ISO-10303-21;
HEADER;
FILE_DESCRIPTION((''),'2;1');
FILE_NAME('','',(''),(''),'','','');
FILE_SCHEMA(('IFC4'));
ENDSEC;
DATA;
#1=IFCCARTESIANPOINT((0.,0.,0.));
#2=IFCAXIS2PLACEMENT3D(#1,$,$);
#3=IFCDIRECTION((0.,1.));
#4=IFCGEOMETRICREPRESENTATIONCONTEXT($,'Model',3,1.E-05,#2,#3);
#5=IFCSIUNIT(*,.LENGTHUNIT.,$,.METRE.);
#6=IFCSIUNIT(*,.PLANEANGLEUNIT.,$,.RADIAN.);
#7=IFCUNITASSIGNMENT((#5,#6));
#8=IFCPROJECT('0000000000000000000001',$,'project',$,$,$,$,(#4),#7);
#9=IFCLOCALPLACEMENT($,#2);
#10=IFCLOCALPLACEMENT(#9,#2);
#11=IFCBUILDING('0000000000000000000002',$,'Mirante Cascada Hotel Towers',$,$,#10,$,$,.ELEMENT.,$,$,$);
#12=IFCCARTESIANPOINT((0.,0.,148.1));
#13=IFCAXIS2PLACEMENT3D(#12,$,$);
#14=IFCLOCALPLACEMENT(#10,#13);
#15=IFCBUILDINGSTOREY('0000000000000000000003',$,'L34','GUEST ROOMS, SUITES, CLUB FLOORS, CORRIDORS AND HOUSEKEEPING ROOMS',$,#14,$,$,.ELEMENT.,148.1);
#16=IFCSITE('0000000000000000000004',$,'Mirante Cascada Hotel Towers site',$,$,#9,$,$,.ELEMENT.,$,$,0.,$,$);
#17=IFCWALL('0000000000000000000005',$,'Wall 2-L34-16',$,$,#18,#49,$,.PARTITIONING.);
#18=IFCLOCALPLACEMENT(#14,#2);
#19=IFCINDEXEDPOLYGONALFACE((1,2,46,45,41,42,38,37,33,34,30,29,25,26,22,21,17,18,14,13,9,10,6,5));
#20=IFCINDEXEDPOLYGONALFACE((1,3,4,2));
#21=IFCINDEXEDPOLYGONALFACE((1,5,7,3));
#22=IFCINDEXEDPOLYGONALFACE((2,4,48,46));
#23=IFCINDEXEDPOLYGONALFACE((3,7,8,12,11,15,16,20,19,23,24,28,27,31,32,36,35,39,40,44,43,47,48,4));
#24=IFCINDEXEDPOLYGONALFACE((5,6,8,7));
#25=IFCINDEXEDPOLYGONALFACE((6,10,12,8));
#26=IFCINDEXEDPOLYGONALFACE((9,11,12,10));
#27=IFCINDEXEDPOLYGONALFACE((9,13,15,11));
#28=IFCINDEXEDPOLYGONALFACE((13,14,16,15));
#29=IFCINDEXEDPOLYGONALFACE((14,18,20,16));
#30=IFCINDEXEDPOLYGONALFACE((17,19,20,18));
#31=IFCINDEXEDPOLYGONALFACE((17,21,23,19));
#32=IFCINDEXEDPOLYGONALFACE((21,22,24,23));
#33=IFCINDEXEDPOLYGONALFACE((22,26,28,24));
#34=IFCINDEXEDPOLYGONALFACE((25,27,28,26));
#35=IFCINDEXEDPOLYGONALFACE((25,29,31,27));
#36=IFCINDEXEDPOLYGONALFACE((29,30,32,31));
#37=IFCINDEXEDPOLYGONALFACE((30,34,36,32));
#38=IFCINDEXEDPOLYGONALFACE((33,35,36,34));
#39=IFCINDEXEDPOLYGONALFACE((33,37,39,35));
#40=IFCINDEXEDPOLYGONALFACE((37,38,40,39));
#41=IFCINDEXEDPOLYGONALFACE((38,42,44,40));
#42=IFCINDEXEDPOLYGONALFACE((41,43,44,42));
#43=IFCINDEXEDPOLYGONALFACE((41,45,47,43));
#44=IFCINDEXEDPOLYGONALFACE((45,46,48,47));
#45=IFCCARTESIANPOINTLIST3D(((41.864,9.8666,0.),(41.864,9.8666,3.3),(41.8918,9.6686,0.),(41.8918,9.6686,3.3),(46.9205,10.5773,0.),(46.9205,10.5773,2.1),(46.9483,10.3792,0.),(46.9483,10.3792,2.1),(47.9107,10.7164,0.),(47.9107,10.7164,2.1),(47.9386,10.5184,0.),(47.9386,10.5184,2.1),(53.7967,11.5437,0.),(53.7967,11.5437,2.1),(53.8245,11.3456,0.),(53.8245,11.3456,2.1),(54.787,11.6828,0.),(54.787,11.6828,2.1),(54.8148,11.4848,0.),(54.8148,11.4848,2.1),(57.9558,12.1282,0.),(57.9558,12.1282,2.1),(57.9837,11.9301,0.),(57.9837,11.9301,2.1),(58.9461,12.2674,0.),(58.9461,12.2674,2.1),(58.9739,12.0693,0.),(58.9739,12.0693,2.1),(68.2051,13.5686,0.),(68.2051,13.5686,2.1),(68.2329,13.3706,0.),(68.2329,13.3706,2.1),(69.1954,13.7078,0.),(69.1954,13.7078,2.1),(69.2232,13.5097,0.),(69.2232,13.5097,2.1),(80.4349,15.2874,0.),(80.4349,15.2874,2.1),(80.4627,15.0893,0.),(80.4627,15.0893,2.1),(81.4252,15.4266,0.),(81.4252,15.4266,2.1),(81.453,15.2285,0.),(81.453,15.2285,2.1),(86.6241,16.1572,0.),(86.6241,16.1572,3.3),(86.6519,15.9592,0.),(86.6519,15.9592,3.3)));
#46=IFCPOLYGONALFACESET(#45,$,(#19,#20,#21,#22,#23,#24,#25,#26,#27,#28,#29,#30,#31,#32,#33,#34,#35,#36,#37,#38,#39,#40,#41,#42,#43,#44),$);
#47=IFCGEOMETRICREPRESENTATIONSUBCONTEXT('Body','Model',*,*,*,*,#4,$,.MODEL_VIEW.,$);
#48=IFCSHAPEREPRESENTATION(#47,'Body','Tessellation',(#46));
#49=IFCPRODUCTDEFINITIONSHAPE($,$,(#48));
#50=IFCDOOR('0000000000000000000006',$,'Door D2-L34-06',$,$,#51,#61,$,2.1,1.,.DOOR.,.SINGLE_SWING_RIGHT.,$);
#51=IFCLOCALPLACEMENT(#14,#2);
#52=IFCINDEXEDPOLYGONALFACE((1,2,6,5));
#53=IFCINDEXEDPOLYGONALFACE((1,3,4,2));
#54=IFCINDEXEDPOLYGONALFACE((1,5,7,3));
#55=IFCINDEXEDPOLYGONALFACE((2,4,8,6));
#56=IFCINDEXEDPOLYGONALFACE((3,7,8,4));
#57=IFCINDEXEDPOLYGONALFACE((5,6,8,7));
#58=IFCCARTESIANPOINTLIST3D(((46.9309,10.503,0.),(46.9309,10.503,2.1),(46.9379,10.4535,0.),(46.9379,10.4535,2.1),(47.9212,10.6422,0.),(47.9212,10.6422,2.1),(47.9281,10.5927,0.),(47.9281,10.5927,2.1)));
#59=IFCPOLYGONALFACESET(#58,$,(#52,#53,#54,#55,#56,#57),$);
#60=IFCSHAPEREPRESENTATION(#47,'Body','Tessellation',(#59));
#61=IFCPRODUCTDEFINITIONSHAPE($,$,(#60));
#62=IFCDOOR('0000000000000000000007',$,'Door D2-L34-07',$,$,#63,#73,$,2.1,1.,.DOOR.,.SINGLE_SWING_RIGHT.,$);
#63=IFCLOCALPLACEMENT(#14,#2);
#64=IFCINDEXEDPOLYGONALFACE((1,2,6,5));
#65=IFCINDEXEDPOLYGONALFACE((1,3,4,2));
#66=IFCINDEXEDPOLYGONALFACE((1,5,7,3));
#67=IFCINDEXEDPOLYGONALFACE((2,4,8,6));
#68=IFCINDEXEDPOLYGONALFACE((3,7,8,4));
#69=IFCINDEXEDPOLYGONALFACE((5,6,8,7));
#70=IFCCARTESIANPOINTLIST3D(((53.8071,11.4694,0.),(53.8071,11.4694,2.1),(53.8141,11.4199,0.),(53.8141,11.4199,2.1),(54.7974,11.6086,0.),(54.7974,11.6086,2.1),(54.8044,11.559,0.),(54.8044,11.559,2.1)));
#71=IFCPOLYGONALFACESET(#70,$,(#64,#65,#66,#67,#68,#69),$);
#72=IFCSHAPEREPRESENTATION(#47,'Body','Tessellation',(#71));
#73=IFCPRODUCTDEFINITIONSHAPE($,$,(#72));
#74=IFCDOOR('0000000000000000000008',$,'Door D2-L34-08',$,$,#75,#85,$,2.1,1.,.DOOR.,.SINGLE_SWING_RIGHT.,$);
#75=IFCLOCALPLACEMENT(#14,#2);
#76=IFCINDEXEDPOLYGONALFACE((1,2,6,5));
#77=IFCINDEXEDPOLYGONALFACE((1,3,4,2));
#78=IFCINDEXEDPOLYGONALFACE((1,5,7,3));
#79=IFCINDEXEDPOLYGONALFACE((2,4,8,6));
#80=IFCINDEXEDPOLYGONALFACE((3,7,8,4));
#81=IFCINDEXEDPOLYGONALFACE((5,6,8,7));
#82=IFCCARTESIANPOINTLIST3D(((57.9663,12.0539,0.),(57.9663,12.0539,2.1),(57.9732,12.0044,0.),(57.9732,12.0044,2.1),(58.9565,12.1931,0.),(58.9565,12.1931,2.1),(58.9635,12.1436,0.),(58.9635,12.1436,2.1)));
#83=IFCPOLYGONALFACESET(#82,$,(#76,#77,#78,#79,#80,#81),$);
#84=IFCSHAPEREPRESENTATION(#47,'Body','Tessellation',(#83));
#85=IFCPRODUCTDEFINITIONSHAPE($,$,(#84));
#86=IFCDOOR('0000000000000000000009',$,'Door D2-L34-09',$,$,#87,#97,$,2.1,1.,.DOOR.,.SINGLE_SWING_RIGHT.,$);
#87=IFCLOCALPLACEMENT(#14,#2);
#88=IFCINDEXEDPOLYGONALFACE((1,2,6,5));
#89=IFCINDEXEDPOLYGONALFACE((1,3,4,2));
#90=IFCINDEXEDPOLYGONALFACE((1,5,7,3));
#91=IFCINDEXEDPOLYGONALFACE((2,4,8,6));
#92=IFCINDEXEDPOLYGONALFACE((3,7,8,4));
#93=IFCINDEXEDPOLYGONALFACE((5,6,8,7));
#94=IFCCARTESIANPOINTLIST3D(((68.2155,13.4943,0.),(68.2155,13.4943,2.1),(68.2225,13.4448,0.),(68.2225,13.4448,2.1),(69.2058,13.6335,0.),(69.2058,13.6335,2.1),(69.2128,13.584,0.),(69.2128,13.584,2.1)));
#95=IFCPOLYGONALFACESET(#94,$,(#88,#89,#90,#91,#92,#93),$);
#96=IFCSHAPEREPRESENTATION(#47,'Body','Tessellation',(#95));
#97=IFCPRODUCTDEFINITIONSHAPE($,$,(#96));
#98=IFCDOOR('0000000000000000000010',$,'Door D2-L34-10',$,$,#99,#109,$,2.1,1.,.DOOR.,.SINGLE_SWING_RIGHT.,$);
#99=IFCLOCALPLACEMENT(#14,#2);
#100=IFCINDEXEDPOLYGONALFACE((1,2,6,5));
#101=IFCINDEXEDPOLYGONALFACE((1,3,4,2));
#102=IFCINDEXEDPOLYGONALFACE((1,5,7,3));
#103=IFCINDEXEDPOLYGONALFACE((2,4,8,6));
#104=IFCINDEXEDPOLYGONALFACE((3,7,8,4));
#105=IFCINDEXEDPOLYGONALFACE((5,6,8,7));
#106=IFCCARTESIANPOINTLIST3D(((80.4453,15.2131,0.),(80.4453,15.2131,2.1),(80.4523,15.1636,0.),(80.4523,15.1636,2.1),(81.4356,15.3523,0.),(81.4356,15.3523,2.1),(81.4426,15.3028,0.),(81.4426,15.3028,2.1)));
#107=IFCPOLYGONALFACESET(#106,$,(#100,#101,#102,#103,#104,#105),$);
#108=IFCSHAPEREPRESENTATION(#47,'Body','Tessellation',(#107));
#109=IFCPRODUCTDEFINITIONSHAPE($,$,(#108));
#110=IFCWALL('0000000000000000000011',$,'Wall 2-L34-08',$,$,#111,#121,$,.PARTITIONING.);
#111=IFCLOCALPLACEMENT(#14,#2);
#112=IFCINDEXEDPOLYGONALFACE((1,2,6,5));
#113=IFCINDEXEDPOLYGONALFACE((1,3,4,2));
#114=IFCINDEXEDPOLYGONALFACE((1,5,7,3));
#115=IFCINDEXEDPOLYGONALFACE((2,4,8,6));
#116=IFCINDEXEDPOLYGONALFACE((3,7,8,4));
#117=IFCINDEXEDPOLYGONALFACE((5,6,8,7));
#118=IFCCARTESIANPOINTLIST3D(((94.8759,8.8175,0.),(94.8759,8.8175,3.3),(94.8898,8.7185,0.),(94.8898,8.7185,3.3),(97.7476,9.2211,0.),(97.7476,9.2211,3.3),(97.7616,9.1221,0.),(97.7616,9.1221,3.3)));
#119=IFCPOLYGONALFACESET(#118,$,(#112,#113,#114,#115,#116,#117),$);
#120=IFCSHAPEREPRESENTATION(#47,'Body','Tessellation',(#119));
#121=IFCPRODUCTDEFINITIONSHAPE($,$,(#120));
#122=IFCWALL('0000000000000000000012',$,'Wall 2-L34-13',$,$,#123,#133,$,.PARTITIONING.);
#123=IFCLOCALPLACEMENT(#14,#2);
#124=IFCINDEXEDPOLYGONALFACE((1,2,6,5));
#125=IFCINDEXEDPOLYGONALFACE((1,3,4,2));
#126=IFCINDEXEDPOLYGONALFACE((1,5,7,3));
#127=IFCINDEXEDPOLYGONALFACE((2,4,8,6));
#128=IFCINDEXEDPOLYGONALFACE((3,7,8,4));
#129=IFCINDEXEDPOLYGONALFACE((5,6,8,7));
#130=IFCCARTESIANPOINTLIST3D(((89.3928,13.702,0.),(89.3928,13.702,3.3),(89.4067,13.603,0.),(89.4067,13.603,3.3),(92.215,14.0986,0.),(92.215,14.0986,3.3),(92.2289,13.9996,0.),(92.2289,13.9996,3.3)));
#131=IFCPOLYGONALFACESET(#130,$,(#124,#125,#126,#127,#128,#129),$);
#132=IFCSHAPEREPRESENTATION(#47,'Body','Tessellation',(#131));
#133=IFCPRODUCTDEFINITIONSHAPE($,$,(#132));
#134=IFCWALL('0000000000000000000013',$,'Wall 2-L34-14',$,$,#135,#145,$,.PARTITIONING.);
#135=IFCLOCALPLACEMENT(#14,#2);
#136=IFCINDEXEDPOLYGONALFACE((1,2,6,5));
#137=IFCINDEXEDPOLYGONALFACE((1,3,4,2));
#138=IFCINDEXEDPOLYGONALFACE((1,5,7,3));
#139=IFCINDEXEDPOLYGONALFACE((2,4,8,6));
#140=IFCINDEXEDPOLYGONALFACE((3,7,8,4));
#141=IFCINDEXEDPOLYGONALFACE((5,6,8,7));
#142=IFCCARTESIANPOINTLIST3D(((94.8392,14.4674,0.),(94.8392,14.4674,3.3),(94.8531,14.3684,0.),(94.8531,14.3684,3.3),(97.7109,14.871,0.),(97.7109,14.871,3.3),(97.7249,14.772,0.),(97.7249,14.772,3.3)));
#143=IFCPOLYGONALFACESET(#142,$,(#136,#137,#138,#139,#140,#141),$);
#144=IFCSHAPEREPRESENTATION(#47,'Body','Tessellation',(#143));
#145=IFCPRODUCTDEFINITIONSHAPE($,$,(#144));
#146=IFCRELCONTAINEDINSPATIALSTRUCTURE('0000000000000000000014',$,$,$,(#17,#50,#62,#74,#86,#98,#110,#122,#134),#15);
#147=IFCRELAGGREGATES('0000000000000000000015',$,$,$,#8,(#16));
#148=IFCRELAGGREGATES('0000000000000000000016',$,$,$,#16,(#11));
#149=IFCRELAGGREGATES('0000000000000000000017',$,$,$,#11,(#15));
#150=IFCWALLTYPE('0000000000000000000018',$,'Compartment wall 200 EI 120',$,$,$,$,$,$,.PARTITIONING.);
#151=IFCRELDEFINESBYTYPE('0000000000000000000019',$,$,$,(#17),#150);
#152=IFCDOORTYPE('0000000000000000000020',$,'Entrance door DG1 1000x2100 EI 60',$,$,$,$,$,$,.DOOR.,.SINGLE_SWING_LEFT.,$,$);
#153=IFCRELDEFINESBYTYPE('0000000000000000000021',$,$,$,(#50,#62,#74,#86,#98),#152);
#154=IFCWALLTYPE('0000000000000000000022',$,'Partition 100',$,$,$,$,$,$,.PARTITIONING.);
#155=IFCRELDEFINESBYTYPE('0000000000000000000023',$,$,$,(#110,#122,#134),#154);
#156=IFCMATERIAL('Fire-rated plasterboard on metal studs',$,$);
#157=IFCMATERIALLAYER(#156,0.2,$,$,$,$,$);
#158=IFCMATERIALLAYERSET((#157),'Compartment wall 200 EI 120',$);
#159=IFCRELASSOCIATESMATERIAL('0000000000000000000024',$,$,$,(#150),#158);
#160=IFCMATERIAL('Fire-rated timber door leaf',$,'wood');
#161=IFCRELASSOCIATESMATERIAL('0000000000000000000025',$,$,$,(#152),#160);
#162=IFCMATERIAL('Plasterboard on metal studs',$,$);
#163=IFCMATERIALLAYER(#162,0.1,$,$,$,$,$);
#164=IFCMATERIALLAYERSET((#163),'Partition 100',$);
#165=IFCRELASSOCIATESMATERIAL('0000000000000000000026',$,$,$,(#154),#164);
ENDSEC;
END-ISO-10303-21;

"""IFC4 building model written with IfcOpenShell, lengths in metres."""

from ifc_helpers import new_model, si_unit, direction, frame, frame_2d, origin, place, context, subcontext, project, spatial, rectangle, extrude, material, layer, layer_set, type_object, element, fill, save


model = new_model("IFC4")

# Units and contexts
model_context = context("Model", 3, precision=1e-05, world=origin(), true_north=direction((0.0, 1.0)))
body_context = subcontext(model_context, "Body", "Model", "MODEL_VIEW")
ifc_project = project(units=[si_unit("LENGTHUNIT", "METRE"), si_unit("PLANEANGLEUNIT", "RADIAN")], contexts=[model_context])

# Site, building, storey
site_placement = place(None, origin())
site = spatial("IfcSite", under=ifc_project, at=site_placement, Name="Mirante Cascada Hotel Towers site", CompositionType="ELEMENT", RefElevation=0.0)
building_placement = place(site_placement, origin())
building = spatial("IfcBuilding", under=site, at=building_placement, Name="Mirante Cascada Hotel Towers", CompositionType="ELEMENT")
storey_placement = place(building_placement, frame((0.0, 0.0, 148.1)))
storey = spatial("IfcBuildingStorey", under=building, at=storey_placement, Name="L34", Description="GUEST ROOMS, SUITES, CLUB FLOORS, CORRIDORS AND HOUSEKEEPING ROOMS", CompositionType="ELEMENT", Elevation=148.1)

# Shared definitions
ifc_material_1 = material(Name="Fire-rated plasterboard on metal studs")
ifc_layer_1 = layer(ifc_material_1, 0.2)
ifc_layer_set_1 = layer_set([ifc_layer_1], Name="Compartment wall 200 EI 120")
wall_type_1 = type_object("IfcWallType", Name="Compartment wall 200 EI 120", PredefinedType="PARTITIONING", material=ifc_layer_set_1)

# Wall, openings, doors
wall_1_placement = place(storey_placement, frame((86.638, 16.0582, 0.0), z_axis=(0.0, 0.0, 1.0), x_axis=(-0.990268, -0.139173, 0.0)))
wall_1 = element("IfcWall", 1, at=wall_1_placement, inside=storey, type_object=wall_type_1, Name="Wall 2-L34-16", PredefinedType="PARTITIONING", context=body_context, shape_type="SweptSolid", body=[
    extrude(rectangle(XDim=45.2, YDim=0.2, at=frame_2d((22.6, 0.0))), origin(), (0.0, 0.0, 1.0), 3.3),
])
opening_1_placement = place(wall_1_placement, frame((39.0938, 0.0, 0.0)))
opening_1 = element("IfcOpeningElement", 2, at=opening_1_placement, cuts=wall_1, PredefinedType="OPENING", context=body_context, shape_type="SweptSolid", body=[
    extrude(rectangle(XDim=1.0, YDim=2.1, at=frame_2d((0.5, 1.05))), frame((0.0, 0.1, 0.0), z_axis=(0.0, -1.0, 0.0), x_axis=(1.0, 0.0, 0.0)), (0.0, 0.0, 1.0), 0.2),
])
opening_2_placement = place(wall_1_placement, frame((32.15, 0.0, 0.0)))
opening_2 = element("IfcOpeningElement", 3, at=opening_2_placement, cuts=wall_1, PredefinedType="OPENING", context=body_context, shape_type="SweptSolid", body=[
    extrude(rectangle(XDim=1.0, YDim=2.1, at=frame_2d((0.5, 1.05))), frame((0.0, 0.1, 0.0), z_axis=(0.0, -1.0, 0.0), x_axis=(1.0, 0.0, 0.0)), (0.0, 0.0, 1.0), 0.2),
])
opening_3_placement = place(wall_1_placement, frame((27.95, 0.0, 0.0)))
opening_3 = element("IfcOpeningElement", 4, at=opening_3_placement, cuts=wall_1, PredefinedType="OPENING", context=body_context, shape_type="SweptSolid", body=[
    extrude(rectangle(XDim=1.0, YDim=2.1, at=frame_2d((0.5, 1.05))), frame((0.0, 0.1, 0.0), z_axis=(0.0, -1.0, 0.0), x_axis=(1.0, 0.0, 0.0)), (0.0, 0.0, 1.0), 0.2),
])
opening_4_placement = place(wall_1_placement, frame((17.6, 0.0, 0.0)))
opening_4 = element("IfcOpeningElement", 5, at=opening_4_placement, cuts=wall_1, PredefinedType="OPENING", context=body_context, shape_type="SweptSolid", body=[
    extrude(rectangle(XDim=1.0, YDim=2.1, at=frame_2d((0.5, 1.05))), frame((0.0, 0.1, 0.0), z_axis=(0.0, -1.0, 0.0), x_axis=(1.0, 0.0, 0.0)), (0.0, 0.0, 1.0), 0.2),
])
opening_5_placement = place(wall_1_placement, frame((5.25, 0.0, 0.0)))
opening_5 = element("IfcOpeningElement", 6, at=opening_5_placement, cuts=wall_1, PredefinedType="OPENING", context=body_context, shape_type="SweptSolid", body=[
    extrude(rectangle(XDim=1.0, YDim=2.1, at=frame_2d((0.5, 1.05))), frame((0.0, 0.1, 0.0), z_axis=(0.0, -1.0, 0.0), x_axis=(1.0, 0.0, 0.0)), (0.0, 0.0, 1.0), 0.2),
])
ifc_material_2 = material(Name="Fire-rated timber door leaf", Category="wood")
door_type_1 = type_object("IfcDoorType", Name="Entrance door DG1 1000x2100 EI 60", OperationType="SINGLE_SWING_LEFT", PredefinedType="DOOR", material=ifc_material_2)
door_1_placement = place(opening_1_placement, frame((1.0, 0.0, 0.0), z_axis=(0.0, 0.0, 1.0), x_axis=(-1.0, 0.0, 0.0)))
door_1 = element("IfcDoor", 7, at=door_1_placement, inside=storey, type_object=door_type_1, Name="Door D2-L34-06", OperationType="SINGLE_SWING_RIGHT", OverallHeight=2.1, OverallWidth=1.0, PredefinedType="DOOR", context=body_context, shape_type="SweptSolid", body=[
    extrude(rectangle(XDim=1.0, YDim=2.1, at=frame_2d((0.5, 1.05))), frame((0.0, 0.025, 0.0), z_axis=(0.0, -1.0, 0.0), x_axis=(1.0, 0.0, 0.0)), (0.0, 0.0, 1.0), 0.05),
])
fill(opening_1, door_1)
door_2_placement = place(opening_2_placement, frame((1.0, 0.0, 0.0), z_axis=(0.0, 0.0, 1.0), x_axis=(-1.0, 0.0, 0.0)))
door_2 = element("IfcDoor", 8, at=door_2_placement, inside=storey, type_object=door_type_1, Name="Door D2-L34-07", OperationType="SINGLE_SWING_RIGHT", OverallHeight=2.1, OverallWidth=1.0, PredefinedType="DOOR", context=body_context, shape_type="SweptSolid", body=[
    extrude(rectangle(XDim=1.0, YDim=2.1, at=frame_2d((0.5, 1.05))), frame((0.0, 0.025, 0.0), z_axis=(0.0, -1.0, 0.0), x_axis=(1.0, 0.0, 0.0)), (0.0, 0.0, 1.0), 0.05),
])
fill(opening_2, door_2)
door_3_placement = place(opening_3_placement, frame((1.0, 0.0, 0.0), z_axis=(0.0, 0.0, 1.0), x_axis=(-1.0, 0.0, 0.0)))
door_3 = element("IfcDoor", 9, at=door_3_placement, inside=storey, type_object=door_type_1, Name="Door D2-L34-08", OperationType="SINGLE_SWING_RIGHT", OverallHeight=2.1, OverallWidth=1.0, PredefinedType="DOOR", context=body_context, shape_type="SweptSolid", body=[
    extrude(rectangle(XDim=1.0, YDim=2.1, at=frame_2d((0.5, 1.05))), frame((0.0, 0.025, 0.0), z_axis=(0.0, -1.0, 0.0), x_axis=(1.0, 0.0, 0.0)), (0.0, 0.0, 1.0), 0.05),
])
fill(opening_3, door_3)
door_4_placement = place(opening_4_placement, frame((1.0, 0.0, 0.0), z_axis=(0.0, 0.0, 1.0), x_axis=(-1.0, 0.0, 0.0)))
door_4 = element("IfcDoor", 10, at=door_4_placement, inside=storey, type_object=door_type_1, Name="Door D2-L34-09", OperationType="SINGLE_SWING_RIGHT", OverallHeight=2.1, OverallWidth=1.0, PredefinedType="DOOR", context=body_context, shape_type="SweptSolid", body=[
    extrude(rectangle(XDim=1.0, YDim=2.1, at=frame_2d((0.5, 1.05))), frame((0.0, 0.025, 0.0), z_axis=(0.0, -1.0, 0.0), x_axis=(1.0, 0.0, 0.0)), (0.0, 0.0, 1.0), 0.05),
])
fill(opening_4, door_4)
door_5_placement = place(opening_5_placement, frame((1.0, 0.0, 0.0), z_axis=(0.0, 0.0, 1.0), x_axis=(-1.0, 0.0, 0.0)))
door_5 = element("IfcDoor", 11, at=door_5_placement, inside=storey, type_object=door_type_1, Name="Door D2-L34-10", OperationType="SINGLE_SWING_RIGHT", OverallHeight=2.1, OverallWidth=1.0, PredefinedType="DOOR", context=body_context, shape_type="SweptSolid", body=[
    extrude(rectangle(XDim=1.0, YDim=2.1, at=frame_2d((0.5, 1.05))), frame((0.0, 0.025, 0.0), z_axis=(0.0, -1.0, 0.0), x_axis=(1.0, 0.0, 0.0)), (0.0, 0.0, 1.0), 0.05),
])
fill(opening_5, door_5)

# Walls
ifc_material_3 = material(Name="Plasterboard on metal studs")
ifc_layer_2 = layer(ifc_material_3, 0.1)
ifc_layer_set_2 = layer_set([ifc_layer_2], Name="Partition 100")
wall_type_2 = type_object("IfcWallType", Name="Partition 100", PredefinedType="PARTITIONING", material=ifc_layer_set_2)
wall_2_placement = place(storey_placement, frame((97.7546, 9.1716, 0.0), z_axis=(0.0, 0.0, 1.0), x_axis=(-0.990268, -0.139171, 0.0)))
element("IfcWall", 12, at=wall_2_placement, inside=storey, type_object=wall_type_2, Name="Wall 2-L34-08", PredefinedType="PARTITIONING", context=body_context, shape_type="SweptSolid", body=[
    extrude(rectangle(XDim=2.9, YDim=0.1, at=frame_2d((1.45, 0.0))), origin(), (0.0, 0.0, 1.0), 3.3),
])
wall_3_placement = place(storey_placement, frame((89.3997, 13.6525, 0.0), z_axis=(0.0, 0.0, 1.0), x_axis=(0.99027, 0.139161, 0.0)))
element("IfcWall", 13, at=wall_3_placement, inside=storey, type_object=wall_type_2, Name="Wall 2-L34-13", PredefinedType="PARTITIONING", context=body_context, shape_type="SweptSolid", body=[
    extrude(rectangle(XDim=2.8499, YDim=0.1, at=frame_2d((1.425, 0.0))), origin(), (0.0, 0.0, 1.0), 3.3),
])
wall_4_placement = place(storey_placement, frame((97.7179, 14.8215, 0.0), z_axis=(0.0, 0.0, 1.0), x_axis=(-0.990268, -0.139171, 0.0)))
element("IfcWall", 14, at=wall_4_placement, inside=storey, type_object=wall_type_2, Name="Wall 2-L34-14", PredefinedType="PARTITIONING", context=body_context, shape_type="SweptSolid", body=[
    extrude(rectangle(XDim=2.9, YDim=0.1, at=frame_2d((1.45, 0.0))), origin(), (0.0, 0.0, 1.0), 3.3),
])

save(model, "model.ifc")
